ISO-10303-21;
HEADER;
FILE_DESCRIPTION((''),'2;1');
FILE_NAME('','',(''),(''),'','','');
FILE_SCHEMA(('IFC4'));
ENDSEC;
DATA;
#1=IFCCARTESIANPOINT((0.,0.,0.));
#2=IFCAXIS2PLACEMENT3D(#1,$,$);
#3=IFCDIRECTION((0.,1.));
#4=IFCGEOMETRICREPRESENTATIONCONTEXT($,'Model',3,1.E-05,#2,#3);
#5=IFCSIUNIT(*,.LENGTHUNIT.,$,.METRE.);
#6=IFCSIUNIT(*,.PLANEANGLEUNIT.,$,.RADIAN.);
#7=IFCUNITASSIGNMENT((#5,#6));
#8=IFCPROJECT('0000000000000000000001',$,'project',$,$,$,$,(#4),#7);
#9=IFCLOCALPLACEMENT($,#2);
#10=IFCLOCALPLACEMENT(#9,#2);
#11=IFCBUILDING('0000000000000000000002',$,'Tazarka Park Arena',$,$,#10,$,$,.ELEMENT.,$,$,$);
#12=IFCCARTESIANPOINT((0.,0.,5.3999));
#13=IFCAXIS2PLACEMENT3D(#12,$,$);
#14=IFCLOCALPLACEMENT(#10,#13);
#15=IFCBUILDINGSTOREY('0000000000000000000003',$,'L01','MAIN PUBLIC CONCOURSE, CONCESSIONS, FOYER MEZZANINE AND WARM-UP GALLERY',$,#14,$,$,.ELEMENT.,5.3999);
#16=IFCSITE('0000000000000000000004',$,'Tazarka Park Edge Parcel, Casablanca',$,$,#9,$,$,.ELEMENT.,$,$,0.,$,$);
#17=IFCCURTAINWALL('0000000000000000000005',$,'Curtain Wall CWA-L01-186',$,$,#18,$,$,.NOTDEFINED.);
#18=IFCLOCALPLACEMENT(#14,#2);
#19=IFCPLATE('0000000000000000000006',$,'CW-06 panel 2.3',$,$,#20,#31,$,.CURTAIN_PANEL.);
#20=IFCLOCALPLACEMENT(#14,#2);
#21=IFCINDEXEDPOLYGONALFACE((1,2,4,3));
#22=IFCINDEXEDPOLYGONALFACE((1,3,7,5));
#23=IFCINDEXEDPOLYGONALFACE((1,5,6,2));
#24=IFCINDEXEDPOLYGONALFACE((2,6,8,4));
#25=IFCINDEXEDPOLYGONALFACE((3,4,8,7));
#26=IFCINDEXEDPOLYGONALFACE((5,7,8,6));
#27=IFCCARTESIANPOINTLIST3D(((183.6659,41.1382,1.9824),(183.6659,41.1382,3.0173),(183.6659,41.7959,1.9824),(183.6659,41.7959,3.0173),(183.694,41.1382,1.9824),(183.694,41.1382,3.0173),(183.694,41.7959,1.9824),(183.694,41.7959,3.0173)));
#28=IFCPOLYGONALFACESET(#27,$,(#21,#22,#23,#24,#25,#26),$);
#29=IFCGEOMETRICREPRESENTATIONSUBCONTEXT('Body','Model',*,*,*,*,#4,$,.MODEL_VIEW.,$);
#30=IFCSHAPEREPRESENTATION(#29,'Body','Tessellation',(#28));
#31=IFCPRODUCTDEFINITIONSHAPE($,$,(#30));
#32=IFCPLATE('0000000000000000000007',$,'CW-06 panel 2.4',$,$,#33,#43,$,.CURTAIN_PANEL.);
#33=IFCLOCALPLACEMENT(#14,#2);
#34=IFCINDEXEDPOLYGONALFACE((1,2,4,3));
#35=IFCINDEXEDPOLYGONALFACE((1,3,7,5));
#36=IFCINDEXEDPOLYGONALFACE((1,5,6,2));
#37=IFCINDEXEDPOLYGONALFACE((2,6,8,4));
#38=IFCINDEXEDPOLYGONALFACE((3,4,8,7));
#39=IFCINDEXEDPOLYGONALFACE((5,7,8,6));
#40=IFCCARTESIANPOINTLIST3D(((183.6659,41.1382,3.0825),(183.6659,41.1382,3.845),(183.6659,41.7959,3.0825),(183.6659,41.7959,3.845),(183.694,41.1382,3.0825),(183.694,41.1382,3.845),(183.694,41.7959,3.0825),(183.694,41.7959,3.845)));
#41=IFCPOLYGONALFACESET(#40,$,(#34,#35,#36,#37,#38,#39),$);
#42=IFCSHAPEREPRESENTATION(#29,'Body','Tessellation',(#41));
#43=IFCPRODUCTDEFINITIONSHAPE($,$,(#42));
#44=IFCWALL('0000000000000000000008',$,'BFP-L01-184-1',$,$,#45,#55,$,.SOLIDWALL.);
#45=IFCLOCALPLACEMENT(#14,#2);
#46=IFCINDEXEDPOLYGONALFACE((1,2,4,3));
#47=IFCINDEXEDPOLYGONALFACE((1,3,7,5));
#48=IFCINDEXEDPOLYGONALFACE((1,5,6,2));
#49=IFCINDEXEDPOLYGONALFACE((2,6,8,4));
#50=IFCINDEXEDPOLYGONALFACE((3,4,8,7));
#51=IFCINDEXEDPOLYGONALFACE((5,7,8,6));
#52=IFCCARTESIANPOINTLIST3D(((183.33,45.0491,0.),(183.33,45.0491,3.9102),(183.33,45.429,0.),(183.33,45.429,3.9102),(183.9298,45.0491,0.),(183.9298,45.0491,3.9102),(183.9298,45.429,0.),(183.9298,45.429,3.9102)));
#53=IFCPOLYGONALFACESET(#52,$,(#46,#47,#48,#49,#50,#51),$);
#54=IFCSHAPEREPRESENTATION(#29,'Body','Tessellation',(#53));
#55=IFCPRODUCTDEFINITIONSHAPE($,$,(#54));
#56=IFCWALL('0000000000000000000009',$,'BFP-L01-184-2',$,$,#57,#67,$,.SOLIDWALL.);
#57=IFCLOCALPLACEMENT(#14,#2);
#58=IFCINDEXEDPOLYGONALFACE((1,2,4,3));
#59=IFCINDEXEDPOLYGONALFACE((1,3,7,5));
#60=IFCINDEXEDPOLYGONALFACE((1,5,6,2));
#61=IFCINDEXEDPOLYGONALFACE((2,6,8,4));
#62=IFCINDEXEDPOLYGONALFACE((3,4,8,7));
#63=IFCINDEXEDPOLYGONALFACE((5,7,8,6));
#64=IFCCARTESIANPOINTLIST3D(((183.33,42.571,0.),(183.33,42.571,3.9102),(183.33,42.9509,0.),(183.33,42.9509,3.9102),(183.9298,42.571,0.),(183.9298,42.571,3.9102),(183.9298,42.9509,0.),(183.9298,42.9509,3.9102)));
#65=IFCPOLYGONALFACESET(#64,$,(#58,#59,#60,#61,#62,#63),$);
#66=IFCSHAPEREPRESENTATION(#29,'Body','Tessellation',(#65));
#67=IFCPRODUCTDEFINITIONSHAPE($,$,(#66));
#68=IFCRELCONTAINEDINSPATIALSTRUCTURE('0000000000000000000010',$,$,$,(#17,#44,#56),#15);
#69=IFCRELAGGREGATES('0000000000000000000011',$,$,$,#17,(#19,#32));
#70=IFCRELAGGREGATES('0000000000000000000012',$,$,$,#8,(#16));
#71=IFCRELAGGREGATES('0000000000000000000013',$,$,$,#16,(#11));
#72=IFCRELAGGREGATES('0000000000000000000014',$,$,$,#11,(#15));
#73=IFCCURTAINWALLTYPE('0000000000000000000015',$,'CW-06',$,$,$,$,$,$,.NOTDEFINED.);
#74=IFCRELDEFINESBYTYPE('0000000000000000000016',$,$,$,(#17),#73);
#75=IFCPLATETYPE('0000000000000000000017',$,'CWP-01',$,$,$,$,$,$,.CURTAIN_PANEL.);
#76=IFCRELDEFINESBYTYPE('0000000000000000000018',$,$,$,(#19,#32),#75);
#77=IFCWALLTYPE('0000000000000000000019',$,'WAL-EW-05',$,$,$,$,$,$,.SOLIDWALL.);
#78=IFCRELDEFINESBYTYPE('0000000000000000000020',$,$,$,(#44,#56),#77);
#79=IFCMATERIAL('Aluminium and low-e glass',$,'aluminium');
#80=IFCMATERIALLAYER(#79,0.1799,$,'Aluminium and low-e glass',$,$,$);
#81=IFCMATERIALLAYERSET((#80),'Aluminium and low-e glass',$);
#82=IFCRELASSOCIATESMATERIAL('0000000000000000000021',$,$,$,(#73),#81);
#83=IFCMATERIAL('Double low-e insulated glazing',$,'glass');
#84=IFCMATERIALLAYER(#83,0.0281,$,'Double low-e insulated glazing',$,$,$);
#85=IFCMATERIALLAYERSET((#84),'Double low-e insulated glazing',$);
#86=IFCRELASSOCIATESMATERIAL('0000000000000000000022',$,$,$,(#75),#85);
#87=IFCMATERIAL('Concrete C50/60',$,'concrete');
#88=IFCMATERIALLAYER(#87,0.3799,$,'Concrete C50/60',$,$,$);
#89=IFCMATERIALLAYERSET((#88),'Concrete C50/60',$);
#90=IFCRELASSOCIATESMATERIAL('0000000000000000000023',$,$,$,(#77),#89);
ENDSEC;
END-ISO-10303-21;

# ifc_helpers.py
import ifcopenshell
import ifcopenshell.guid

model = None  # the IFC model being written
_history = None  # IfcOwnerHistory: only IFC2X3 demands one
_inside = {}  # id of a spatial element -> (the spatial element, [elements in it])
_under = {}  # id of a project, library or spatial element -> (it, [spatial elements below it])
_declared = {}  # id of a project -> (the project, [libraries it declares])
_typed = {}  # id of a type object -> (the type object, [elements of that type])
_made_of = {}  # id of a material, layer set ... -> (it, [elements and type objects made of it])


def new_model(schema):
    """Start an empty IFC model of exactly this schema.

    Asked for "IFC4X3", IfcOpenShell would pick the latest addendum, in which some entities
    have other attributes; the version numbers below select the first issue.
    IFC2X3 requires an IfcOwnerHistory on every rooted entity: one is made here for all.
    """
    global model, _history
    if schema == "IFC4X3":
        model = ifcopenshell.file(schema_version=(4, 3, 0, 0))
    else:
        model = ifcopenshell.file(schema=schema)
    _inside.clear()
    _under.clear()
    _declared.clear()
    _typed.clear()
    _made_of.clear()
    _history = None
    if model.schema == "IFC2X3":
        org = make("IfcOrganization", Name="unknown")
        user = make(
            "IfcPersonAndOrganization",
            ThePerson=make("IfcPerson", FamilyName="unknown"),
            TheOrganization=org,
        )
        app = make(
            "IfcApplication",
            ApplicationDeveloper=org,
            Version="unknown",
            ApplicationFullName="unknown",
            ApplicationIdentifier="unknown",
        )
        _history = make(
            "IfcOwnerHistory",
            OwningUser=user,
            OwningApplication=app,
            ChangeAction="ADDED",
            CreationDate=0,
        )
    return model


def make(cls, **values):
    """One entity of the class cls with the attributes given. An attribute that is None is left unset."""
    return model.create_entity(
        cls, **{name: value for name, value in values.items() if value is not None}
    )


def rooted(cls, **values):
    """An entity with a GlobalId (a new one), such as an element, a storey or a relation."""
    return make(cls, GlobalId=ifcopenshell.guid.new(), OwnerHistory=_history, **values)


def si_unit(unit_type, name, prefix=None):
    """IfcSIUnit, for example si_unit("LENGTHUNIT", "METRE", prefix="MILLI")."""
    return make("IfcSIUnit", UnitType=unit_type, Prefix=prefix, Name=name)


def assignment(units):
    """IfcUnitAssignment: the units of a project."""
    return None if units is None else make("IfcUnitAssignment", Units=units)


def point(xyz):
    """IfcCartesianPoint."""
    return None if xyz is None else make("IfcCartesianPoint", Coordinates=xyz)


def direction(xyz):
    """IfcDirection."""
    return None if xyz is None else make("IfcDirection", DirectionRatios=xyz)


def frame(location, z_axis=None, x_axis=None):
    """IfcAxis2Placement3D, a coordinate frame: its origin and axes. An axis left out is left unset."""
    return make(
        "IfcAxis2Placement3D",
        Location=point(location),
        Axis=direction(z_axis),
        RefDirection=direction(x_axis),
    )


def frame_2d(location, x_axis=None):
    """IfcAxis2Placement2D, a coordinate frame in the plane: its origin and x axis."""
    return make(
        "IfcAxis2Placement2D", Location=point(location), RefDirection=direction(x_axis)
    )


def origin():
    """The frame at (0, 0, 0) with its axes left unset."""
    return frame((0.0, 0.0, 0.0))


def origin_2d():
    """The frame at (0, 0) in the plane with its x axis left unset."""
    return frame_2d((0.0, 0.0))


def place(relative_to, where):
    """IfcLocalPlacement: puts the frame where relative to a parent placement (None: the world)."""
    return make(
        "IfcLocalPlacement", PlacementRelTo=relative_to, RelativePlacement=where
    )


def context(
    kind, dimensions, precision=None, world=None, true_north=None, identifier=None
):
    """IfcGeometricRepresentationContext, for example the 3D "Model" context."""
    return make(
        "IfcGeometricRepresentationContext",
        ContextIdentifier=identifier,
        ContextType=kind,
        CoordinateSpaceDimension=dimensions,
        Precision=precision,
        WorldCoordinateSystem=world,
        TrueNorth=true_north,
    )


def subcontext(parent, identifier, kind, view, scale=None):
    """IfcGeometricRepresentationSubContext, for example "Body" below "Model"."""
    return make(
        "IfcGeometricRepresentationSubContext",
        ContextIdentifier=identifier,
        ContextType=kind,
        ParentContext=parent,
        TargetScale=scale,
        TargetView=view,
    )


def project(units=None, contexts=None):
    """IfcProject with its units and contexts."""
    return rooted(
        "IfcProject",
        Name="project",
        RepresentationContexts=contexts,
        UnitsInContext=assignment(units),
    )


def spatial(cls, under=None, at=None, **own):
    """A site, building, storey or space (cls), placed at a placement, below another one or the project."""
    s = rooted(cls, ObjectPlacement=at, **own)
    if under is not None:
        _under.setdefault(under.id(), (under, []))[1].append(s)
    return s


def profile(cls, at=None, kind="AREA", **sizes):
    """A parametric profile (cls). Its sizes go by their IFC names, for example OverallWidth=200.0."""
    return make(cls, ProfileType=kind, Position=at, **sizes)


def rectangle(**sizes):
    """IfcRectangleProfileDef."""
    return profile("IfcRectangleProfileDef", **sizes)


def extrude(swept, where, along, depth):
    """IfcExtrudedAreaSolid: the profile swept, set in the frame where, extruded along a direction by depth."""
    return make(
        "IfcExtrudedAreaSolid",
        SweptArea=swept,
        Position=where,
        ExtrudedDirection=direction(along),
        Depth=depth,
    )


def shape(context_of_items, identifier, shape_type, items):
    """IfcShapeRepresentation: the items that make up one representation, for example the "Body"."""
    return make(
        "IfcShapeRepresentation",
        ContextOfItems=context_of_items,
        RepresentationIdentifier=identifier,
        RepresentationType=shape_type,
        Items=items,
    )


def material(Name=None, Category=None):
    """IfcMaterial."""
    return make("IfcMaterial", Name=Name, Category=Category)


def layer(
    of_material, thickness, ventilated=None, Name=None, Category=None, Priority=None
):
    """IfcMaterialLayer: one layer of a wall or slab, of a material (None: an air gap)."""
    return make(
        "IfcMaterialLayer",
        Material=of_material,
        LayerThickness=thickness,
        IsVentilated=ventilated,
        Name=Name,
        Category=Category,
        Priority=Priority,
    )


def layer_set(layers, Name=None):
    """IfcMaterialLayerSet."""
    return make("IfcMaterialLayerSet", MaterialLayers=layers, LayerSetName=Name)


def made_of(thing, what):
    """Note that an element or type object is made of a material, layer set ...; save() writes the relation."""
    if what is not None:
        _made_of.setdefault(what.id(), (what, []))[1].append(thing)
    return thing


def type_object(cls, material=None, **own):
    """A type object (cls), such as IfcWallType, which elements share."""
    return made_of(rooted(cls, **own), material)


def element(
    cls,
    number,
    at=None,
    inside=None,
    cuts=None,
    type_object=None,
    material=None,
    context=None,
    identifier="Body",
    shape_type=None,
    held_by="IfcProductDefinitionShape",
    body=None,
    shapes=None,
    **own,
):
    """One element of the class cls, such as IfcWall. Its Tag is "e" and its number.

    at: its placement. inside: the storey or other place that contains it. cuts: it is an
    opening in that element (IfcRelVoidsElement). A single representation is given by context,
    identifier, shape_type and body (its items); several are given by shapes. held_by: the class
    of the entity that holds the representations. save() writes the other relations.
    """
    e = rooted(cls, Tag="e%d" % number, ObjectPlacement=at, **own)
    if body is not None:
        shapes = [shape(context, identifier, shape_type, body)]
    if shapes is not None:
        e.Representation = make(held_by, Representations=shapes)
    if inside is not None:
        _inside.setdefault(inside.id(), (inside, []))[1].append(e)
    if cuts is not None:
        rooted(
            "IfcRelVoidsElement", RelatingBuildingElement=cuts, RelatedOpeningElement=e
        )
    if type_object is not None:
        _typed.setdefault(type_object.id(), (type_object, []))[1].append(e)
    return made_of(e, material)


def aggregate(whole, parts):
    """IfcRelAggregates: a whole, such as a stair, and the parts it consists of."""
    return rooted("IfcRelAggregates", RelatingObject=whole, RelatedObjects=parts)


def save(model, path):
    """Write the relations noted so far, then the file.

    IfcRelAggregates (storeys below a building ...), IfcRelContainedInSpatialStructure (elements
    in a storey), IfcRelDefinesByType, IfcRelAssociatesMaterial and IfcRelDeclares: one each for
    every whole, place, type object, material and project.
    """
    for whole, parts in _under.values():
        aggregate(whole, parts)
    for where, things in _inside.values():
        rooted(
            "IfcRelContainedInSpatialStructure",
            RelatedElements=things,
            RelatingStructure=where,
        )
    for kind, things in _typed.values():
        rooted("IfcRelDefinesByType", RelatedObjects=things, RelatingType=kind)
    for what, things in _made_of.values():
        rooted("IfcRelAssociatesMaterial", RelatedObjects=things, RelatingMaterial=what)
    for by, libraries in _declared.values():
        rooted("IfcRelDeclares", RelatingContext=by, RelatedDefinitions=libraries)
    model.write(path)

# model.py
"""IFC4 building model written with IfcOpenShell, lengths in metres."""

from ifc_helpers import new_model, si_unit, direction, frame, frame_2d, origin, origin_2d, place, context, subcontext, project, spatial, rectangle, extrude, material, layer, layer_set, type_object, element, aggregate, save


model = new_model("IFC4")

# Units and contexts
model_context = context("Model", 3, precision=1e-05, world=origin(), true_north=direction((0.0, 1.0)))
body_context = subcontext(model_context, "Body", "Model", "MODEL_VIEW")
ifc_project = project(units=[si_unit("LENGTHUNIT", "METRE"), si_unit("PLANEANGLEUNIT", "RADIAN")], contexts=[model_context])

# Site, building, storey
site_placement = place(None, origin())
site = spatial("IfcSite", under=ifc_project, at=site_placement, Name="Tazarka Park Edge Parcel, Casablanca", CompositionType="ELEMENT", RefElevation=0.0)
building_placement = place(site_placement, origin())
building = spatial("IfcBuilding", under=site, at=building_placement, Name="Tazarka Park Arena", CompositionType="ELEMENT")
storey_placement = place(building_placement, frame((0.0, 0.0, 5.3999)))
storey = spatial("IfcBuildingStorey", under=building, at=storey_placement, Name="L01", Description="MAIN PUBLIC CONCOURSE, CONCESSIONS, FOYER MEZZANINE AND WARM-UP GALLERY", CompositionType="ELEMENT", Elevation=5.3999)

# Curtain wall, plates
ifc_material_1 = material(Name="Aluminium and low-e glass", Category="aluminium")
ifc_layer_1 = layer(ifc_material_1, 0.1799, Name="Aluminium and low-e glass")
ifc_layer_set_1 = layer_set([ifc_layer_1], Name="Aluminium and low-e glass")
curtain_wall_type = type_object("IfcCurtainWallType", Name="CW-06", PredefinedType="NOTDEFINED", material=ifc_layer_set_1)
curtain_wall_placement = place(storey_placement, origin())
curtain_wall = element("IfcCurtainWall", 1, at=curtain_wall_placement, inside=storey, type_object=curtain_wall_type, Name="Curtain Wall CWA-L01-186", PredefinedType="NOTDEFINED")
ifc_material_2 = material(Name="Double low-e insulated glazing", Category="glass")
ifc_layer_2 = layer(ifc_material_2, 0.0281, Name="Double low-e insulated glazing")
ifc_layer_set_2 = layer_set([ifc_layer_2], Name="Double low-e insulated glazing")
plate_type = type_object("IfcPlateType", Name="CWP-01", PredefinedType="CURTAIN_PANEL", material=ifc_layer_set_2)
plate_1_placement = place(storey_placement, frame((183.6799, 41.467, 1.9824), z_axis=(0.0, 0.0, 1.0), x_axis=(0.0, -1.0, 0.0)))
plate_1 = element("IfcPlate", 2, at=plate_1_placement, type_object=plate_type, Name="CW-06 panel 2.3", PredefinedType="CURTAIN_PANEL", context=body_context, shape_type="SweptSolid", body=[
    extrude(rectangle(XDim=0.6577, YDim=0.0281, at=origin_2d()), origin(), (0.0, 0.0, 1.0), 1.0349),
])
plate_2_placement = place(storey_placement, frame((183.6799, 41.467, 3.0825), z_axis=(0.0, 0.0, 1.0), x_axis=(0.0, -1.0, 0.0)))
plate_2 = element("IfcPlate", 3, at=plate_2_placement, type_object=plate_type, Name="CW-06 panel 2.4", PredefinedType="CURTAIN_PANEL", context=body_context, shape_type="SweptSolid", body=[
    extrude(rectangle(XDim=0.6577, YDim=0.0281, at=origin_2d()), origin(), (0.0, 0.0, 1.0), 0.7625),
])
aggregate(curtain_wall, [plate_1, plate_2])

# Walls
ifc_material_3 = material(Name="Concrete C50/60", Category="concrete")
ifc_layer_3 = layer(ifc_material_3, 0.3799, Name="Concrete C50/60")
ifc_layer_set_3 = layer_set([ifc_layer_3], Name="Concrete C50/60")
wall_type = type_object("IfcWallType", Name="WAL-EW-05", PredefinedType="SOLIDWALL", material=ifc_layer_set_3)
for number, where, z_axis, x_axis, name in (
    (4, (183.3301, 45.239, 0.0), (0.0, 0.0, 1.0), (1.0, 0.0, 0.0), "BFP-L01-184-1"),
    (5, (183.3301, 42.761, 0.0), (0.0, 0.0, 1.0), (1.0, 0.0, 0.0), "BFP-L01-184-2"),
):
    element("IfcWall", number, at=place(storey_placement, frame(where, z_axis=z_axis, x_axis=x_axis)), inside=storey, type_object=wall_type, Name=name, PredefinedType="SOLIDWALL", context=body_context, shape_type="SweptSolid", body=[
        extrude(rectangle(XDim=0.5999, YDim=0.3799, at=frame_2d((0.2998, 0.0))), origin(), (0.0, 0.0, 1.0), 3.9102),
    ])

save(model, "model.ifc")
